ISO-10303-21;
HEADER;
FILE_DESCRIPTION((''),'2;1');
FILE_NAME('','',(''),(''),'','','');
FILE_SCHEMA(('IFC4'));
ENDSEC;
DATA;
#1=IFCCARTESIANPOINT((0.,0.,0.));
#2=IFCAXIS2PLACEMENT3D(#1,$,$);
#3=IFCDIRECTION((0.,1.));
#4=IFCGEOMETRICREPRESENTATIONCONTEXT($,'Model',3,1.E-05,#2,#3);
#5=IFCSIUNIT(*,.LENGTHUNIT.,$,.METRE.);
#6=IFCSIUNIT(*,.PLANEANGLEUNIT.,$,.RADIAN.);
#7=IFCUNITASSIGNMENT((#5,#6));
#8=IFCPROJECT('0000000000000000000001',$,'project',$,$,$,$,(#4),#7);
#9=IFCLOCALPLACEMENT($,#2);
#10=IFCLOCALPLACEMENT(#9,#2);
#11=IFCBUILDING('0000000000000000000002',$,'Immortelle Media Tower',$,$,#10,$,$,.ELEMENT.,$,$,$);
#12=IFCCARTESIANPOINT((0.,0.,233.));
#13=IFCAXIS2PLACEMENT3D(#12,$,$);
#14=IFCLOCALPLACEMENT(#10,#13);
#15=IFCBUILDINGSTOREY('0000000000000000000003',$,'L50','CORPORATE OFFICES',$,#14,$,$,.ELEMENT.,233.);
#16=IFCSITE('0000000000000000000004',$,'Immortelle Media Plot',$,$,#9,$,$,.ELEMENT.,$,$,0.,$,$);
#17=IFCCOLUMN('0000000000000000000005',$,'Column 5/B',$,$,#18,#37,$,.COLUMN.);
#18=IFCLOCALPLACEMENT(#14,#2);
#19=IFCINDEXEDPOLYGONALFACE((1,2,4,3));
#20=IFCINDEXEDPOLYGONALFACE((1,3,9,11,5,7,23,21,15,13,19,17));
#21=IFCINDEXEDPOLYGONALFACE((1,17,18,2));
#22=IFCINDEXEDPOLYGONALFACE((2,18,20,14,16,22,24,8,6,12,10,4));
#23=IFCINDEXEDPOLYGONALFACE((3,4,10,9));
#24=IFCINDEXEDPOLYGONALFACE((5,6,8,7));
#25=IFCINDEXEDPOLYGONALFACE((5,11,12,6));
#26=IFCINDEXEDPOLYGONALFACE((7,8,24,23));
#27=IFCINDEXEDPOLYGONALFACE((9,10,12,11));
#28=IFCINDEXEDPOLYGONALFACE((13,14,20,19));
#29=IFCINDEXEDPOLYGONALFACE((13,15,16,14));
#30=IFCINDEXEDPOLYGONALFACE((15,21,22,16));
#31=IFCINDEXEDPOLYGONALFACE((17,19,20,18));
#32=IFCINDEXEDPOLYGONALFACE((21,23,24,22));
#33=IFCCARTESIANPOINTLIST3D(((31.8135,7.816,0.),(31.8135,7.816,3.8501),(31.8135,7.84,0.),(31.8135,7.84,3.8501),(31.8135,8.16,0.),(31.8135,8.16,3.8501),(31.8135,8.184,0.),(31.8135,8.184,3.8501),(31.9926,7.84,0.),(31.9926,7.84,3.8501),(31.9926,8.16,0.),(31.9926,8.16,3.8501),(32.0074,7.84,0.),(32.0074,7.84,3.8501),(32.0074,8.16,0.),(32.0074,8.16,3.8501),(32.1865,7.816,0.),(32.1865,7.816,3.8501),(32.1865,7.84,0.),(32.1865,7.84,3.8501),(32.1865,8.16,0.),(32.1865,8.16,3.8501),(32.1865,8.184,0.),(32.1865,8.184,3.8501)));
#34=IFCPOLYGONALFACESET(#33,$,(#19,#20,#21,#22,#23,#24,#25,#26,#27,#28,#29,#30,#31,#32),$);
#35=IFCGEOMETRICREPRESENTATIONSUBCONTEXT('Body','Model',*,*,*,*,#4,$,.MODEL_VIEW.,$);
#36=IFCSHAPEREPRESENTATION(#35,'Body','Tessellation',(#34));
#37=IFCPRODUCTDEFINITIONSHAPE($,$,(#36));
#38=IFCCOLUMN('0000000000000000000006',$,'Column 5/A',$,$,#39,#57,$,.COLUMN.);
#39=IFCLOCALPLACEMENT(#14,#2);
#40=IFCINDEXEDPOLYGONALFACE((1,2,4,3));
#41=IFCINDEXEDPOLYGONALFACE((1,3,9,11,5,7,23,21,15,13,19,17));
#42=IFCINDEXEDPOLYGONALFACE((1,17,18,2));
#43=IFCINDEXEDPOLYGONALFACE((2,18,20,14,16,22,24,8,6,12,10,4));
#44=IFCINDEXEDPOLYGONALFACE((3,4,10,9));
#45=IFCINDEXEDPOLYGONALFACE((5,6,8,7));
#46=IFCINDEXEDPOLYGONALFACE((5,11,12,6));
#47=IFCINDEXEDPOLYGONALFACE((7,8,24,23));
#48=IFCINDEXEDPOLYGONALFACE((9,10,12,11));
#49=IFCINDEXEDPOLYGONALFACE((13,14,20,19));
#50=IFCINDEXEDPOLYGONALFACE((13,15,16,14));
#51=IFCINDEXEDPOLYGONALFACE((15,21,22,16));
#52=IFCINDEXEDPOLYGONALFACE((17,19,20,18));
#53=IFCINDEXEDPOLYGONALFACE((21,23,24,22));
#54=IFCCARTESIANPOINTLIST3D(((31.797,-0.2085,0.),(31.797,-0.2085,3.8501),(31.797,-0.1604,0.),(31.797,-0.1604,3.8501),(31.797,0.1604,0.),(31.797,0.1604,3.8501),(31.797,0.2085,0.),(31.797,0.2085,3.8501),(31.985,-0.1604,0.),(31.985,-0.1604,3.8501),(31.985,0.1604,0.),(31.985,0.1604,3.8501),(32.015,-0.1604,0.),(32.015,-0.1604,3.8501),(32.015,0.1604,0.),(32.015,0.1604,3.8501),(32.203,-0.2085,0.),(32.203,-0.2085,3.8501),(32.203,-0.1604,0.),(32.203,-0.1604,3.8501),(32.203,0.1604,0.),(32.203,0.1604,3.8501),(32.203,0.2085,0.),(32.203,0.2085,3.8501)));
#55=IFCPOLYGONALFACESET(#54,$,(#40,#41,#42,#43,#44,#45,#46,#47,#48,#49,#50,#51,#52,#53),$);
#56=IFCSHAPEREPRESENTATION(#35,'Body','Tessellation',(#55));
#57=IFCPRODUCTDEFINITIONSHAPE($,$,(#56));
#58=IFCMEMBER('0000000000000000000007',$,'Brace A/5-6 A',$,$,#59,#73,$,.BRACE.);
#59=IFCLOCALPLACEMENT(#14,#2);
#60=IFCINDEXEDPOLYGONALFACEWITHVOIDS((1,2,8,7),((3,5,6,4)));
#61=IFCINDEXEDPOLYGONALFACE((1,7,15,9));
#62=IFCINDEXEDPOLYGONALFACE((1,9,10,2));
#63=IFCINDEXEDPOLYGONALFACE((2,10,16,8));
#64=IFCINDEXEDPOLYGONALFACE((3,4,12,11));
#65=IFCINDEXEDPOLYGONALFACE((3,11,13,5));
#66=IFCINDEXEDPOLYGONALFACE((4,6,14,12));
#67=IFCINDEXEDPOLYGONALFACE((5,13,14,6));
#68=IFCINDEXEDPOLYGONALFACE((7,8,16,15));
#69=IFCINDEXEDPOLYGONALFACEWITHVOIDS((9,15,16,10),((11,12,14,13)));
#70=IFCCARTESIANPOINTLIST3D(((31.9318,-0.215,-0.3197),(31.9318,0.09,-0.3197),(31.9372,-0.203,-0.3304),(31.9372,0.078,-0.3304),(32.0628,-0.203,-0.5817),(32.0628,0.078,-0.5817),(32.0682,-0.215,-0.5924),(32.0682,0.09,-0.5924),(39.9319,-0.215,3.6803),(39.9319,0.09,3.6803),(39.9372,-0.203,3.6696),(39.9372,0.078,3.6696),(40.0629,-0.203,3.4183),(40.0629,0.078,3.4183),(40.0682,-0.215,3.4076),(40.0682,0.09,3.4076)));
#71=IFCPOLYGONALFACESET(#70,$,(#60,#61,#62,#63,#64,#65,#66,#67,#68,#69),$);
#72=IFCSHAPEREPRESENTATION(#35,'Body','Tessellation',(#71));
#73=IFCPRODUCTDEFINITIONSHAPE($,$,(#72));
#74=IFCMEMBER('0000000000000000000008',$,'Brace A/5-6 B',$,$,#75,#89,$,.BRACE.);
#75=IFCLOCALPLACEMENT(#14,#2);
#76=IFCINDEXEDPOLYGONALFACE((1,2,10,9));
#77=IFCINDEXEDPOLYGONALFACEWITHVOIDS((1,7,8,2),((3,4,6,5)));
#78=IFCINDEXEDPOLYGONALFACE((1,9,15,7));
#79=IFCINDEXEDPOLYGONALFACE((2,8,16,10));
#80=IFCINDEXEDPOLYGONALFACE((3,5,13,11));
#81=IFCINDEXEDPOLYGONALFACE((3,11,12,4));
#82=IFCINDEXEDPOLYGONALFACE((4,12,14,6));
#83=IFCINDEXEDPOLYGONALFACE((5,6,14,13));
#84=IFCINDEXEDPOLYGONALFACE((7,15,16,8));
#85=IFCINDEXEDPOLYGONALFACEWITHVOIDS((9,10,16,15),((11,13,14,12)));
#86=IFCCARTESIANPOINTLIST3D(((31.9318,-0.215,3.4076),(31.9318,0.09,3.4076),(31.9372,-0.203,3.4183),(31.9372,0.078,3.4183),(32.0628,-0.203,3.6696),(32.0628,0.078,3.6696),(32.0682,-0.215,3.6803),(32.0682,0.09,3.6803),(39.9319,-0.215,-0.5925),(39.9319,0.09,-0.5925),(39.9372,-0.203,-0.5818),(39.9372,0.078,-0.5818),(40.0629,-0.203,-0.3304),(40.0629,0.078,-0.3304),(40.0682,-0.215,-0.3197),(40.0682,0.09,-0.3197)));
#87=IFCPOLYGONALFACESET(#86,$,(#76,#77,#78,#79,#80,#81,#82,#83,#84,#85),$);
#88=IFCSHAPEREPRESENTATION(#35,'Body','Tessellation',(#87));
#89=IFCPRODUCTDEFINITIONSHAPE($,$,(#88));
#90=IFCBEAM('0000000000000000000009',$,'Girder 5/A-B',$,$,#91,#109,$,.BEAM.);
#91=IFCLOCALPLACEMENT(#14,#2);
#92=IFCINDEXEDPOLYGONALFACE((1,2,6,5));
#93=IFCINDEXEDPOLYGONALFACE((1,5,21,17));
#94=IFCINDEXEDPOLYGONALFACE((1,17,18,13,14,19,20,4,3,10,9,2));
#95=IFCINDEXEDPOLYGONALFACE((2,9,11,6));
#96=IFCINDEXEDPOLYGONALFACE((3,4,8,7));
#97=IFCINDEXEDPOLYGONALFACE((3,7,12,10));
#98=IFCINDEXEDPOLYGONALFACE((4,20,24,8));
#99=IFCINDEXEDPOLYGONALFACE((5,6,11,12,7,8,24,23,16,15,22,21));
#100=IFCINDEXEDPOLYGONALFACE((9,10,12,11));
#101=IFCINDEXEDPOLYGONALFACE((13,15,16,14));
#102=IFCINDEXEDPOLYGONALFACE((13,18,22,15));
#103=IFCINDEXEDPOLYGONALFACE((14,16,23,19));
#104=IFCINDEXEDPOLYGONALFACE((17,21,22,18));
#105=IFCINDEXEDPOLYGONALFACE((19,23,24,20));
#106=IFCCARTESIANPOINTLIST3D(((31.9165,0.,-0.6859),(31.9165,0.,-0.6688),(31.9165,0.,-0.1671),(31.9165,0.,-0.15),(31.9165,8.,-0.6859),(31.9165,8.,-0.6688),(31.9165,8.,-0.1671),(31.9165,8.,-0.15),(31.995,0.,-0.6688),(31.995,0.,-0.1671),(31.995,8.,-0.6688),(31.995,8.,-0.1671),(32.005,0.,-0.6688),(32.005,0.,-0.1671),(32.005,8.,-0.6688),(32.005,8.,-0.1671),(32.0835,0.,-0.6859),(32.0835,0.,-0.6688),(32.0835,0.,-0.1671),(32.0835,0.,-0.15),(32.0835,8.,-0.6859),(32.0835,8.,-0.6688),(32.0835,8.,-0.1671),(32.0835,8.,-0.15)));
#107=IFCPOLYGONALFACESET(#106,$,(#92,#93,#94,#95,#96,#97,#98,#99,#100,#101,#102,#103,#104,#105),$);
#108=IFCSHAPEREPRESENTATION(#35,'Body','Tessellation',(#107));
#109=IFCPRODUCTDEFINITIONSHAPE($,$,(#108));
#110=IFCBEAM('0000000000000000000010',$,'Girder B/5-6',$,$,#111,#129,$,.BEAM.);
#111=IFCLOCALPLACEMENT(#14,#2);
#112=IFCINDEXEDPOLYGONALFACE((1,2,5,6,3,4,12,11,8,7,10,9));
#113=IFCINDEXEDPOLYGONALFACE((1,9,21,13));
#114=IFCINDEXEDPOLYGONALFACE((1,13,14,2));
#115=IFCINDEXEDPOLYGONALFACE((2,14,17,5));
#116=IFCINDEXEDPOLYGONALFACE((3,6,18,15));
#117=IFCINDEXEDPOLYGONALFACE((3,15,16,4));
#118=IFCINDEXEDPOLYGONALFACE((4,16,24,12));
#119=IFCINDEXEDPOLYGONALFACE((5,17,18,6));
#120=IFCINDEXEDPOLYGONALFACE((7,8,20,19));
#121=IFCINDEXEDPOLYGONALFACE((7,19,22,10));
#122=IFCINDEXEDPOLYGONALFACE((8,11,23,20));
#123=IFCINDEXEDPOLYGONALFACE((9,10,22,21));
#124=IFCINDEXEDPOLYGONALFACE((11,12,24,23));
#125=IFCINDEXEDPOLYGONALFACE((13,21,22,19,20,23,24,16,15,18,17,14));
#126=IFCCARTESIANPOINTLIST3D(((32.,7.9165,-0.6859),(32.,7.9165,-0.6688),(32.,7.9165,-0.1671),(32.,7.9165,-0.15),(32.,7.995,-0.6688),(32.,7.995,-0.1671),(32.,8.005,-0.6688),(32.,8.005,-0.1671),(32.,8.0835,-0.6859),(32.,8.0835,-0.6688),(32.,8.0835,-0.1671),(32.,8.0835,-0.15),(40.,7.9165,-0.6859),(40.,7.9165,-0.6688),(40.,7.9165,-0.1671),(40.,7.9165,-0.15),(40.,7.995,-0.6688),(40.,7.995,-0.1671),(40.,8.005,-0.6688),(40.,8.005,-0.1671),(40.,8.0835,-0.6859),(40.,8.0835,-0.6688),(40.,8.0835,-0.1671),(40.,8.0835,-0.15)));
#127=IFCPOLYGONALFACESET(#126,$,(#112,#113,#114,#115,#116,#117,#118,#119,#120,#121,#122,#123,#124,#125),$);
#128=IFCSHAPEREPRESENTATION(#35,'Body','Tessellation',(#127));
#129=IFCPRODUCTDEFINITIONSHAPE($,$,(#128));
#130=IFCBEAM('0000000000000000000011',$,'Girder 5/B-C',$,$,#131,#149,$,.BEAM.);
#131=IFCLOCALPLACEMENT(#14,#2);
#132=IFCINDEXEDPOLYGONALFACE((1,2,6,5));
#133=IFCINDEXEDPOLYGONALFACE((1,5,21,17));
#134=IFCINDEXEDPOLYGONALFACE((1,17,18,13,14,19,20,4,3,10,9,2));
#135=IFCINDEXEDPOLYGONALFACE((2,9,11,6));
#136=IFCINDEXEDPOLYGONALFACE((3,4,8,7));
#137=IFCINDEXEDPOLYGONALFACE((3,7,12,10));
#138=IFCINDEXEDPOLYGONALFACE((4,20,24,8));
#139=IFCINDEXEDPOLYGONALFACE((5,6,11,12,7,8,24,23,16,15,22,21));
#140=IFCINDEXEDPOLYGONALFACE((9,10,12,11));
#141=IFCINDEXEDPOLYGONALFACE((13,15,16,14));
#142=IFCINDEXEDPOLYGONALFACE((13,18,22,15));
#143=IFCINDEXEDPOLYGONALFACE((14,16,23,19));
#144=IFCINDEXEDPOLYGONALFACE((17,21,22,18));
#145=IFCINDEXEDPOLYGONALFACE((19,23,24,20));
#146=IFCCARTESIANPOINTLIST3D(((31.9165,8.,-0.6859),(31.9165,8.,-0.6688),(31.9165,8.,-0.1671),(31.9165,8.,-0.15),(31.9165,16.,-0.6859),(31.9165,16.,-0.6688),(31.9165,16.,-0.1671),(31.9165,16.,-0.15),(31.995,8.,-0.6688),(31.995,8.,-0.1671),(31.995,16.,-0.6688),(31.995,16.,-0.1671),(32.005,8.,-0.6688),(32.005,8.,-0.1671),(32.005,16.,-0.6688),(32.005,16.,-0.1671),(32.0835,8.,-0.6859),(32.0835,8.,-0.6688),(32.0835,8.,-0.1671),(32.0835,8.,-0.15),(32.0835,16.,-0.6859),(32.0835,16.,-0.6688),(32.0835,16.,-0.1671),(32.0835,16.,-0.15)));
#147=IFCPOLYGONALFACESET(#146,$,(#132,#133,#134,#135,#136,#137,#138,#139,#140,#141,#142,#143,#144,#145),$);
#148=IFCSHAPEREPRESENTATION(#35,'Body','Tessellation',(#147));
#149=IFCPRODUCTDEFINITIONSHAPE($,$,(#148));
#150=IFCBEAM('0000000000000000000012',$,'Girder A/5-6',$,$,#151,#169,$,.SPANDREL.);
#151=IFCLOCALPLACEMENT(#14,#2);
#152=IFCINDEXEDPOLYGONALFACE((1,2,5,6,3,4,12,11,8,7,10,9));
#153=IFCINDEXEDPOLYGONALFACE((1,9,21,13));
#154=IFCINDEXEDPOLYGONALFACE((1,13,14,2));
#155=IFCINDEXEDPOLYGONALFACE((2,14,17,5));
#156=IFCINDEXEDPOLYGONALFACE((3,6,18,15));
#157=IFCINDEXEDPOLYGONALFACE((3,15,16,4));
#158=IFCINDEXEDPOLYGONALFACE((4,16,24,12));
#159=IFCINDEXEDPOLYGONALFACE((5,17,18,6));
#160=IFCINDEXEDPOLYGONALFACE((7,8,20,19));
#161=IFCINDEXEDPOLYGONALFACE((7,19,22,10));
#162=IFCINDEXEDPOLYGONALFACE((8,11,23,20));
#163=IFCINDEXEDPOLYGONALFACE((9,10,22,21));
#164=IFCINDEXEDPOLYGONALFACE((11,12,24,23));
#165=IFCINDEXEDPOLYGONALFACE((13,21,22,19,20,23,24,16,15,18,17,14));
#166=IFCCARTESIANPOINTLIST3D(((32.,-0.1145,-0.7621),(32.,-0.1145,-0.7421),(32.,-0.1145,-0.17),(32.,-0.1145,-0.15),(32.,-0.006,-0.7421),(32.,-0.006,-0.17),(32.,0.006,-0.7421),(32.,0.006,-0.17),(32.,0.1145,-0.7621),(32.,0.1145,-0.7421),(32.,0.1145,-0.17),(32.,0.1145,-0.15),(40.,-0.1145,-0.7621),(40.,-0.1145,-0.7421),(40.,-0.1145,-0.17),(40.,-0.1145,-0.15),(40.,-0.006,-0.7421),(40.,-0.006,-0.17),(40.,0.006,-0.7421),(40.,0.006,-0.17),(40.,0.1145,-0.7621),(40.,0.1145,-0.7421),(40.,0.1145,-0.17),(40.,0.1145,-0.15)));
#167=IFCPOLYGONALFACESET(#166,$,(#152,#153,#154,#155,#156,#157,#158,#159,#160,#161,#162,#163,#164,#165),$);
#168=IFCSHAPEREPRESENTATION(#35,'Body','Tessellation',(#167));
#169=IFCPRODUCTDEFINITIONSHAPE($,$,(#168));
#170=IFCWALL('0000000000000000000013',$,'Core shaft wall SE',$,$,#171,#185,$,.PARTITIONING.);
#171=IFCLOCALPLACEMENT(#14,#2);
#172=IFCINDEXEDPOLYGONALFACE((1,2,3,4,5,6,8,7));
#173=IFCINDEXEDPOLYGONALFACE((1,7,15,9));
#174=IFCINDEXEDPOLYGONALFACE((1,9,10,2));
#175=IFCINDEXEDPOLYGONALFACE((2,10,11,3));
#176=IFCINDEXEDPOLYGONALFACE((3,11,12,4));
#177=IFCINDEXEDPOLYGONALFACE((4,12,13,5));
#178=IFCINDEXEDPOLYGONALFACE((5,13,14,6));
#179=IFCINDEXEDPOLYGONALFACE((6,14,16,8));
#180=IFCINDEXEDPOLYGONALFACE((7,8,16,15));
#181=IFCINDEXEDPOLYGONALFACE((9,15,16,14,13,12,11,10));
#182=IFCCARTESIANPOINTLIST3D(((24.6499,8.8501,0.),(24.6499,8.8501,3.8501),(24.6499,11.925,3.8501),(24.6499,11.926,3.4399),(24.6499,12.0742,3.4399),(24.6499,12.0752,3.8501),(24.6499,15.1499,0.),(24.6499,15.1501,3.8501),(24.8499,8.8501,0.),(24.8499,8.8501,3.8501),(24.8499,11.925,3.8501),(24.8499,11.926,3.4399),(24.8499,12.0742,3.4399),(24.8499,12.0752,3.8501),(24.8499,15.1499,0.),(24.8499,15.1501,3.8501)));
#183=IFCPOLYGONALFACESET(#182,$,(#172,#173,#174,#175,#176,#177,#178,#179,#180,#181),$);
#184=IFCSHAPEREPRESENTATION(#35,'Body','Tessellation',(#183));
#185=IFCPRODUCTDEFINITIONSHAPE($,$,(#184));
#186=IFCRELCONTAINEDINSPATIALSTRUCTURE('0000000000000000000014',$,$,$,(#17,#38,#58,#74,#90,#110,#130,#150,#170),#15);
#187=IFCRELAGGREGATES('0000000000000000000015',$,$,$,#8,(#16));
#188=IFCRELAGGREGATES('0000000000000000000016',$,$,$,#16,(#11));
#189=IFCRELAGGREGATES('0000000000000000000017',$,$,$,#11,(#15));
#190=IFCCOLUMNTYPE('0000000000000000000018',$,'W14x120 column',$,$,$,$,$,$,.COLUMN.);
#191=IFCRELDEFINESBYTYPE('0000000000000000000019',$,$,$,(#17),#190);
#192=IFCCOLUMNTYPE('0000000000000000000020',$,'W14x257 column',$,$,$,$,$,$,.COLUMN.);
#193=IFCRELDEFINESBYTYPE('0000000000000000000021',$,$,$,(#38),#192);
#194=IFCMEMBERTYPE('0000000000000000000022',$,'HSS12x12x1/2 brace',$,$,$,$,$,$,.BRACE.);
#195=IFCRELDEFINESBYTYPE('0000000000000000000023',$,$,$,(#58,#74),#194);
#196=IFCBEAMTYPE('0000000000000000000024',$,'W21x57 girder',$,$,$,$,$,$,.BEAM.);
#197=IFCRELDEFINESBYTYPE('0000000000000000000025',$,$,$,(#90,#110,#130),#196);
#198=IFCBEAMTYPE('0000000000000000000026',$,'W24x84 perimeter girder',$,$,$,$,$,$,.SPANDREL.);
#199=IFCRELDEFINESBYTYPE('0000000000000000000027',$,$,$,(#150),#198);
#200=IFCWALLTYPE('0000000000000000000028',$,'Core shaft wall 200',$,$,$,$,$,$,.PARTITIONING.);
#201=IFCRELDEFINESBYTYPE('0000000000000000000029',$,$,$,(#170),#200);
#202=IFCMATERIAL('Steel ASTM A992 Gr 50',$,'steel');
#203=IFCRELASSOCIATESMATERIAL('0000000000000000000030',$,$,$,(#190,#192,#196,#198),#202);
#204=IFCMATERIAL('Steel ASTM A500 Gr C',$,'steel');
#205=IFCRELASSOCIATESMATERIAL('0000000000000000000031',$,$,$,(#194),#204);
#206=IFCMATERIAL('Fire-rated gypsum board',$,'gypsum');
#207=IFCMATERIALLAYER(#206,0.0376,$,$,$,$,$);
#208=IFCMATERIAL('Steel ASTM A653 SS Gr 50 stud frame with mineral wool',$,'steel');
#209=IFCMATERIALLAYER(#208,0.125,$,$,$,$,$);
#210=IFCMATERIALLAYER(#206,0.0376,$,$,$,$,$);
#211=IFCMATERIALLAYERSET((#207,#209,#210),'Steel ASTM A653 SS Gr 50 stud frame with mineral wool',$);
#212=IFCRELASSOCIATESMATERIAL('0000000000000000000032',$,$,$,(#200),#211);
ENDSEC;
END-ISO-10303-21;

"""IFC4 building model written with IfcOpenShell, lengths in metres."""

from ifc_helpers import new_model, si_unit, direction, frame, origin, origin_2d, place, context, subcontext, project, spatial, polyline, hollow_rectangle, i_section, outline, extrude, material, layer, layer_set, material_profile, profile_set, type_object, element, save


model = new_model("IFC4")

# Units and contexts
model_context = context("Model", 3, precision=1e-05, world=origin(), true_north=direction((0.0, 1.0)))
body_context = subcontext(model_context, "Body", "Model", "MODEL_VIEW")
ifc_project = project(units=[si_unit("LENGTHUNIT", "METRE"), si_unit("PLANEANGLEUNIT", "RADIAN")], contexts=[model_context])

# Site, building, storey
site_placement = place(None, origin())
site = spatial("IfcSite", under=ifc_project, at=site_placement, Name="Immortelle Media Plot", CompositionType="ELEMENT", RefElevation=0.0)
building_placement = place(site_placement, origin())
building = spatial("IfcBuilding", under=site, at=building_placement, Name="Immortelle Media Tower", CompositionType="ELEMENT")
storey_placement = place(building_placement, frame((0.0, 0.0, 233.0)))
storey = spatial("IfcBuildingStorey", under=building, at=storey_placement, Name="L50", Description="CORPORATE OFFICES", CompositionType="ELEMENT", Elevation=233.0)

# Columns
ifc_material_1 = material(Name="Steel ASTM A992 Gr 50", Category="steel")
ifc_material_profile_1 = material_profile(ifc_material_1, i_section(OverallWidth=0.373, OverallDepth=0.3679, WebThickness=0.0149, FlangeThickness=0.0239, at=origin_2d()), Name="W14x120")
ifc_profile_set_1 = profile_set([ifc_material_profile_1], Name="Steel ASTM A992 Gr 50")
column_type_1 = type_object("IfcColumnType", Name="W14x120 column", PredefinedType="COLUMN", material=ifc_profile_set_1)
column_1_placement = place(storey_placement, frame((32.0, 8.0, 0.0), z_axis=(0.0, 0.0, 1.0), x_axis=(1.0, 0.0, 0.0)))
element("IfcColumn", 1, at=column_1_placement, inside=storey, type_object=column_type_1, Name="Column 5/B", PredefinedType="COLUMN", context=body_context, shape_type="SweptSolid", body=[
    extrude(i_section(OverallWidth=0.373, OverallDepth=0.3679, WebThickness=0.0149, FlangeThickness=0.0239, at=origin_2d()), origin(), (0.0, 0.0, 1.0), 3.8501),
])
ifc_material_profile_2 = material_profile(ifc_material_1, i_section(OverallWidth=0.406, OverallDepth=0.417, WebThickness=0.03, FlangeThickness=0.0481, at=origin_2d()), Name="W14x257")
ifc_profile_set_2 = profile_set([ifc_material_profile_2], Name="Steel ASTM A992 Gr 50")
column_type_2 = type_object("IfcColumnType", Name="W14x257 column", PredefinedType="COLUMN", material=ifc_profile_set_2)
column_2_placement = place(storey_placement, frame((32.0, 0.0, 0.0), z_axis=(0.0, 0.0, 1.0), x_axis=(1.0, 0.0, 0.0)))
element("IfcColumn", 2, at=column_2_placement, inside=storey, type_object=column_type_2, Name="Column 5/A", PredefinedType="COLUMN", context=body_context, shape_type="SweptSolid", body=[
    extrude(i_section(OverallWidth=0.406, OverallDepth=0.417, WebThickness=0.03, FlangeThickness=0.0481, at=origin_2d()), origin(), (0.0, 0.0, 1.0), 3.8501),
])

# Members
ifc_material_2 = material(Name="Steel ASTM A500 Gr C", Category="steel")
ifc_material_profile_3 = material_profile(ifc_material_2, hollow_rectangle(XDim=0.3049, YDim=0.3049, WallThickness=0.012, at=origin_2d()), Name="HSS12x12x1/2 brace")
ifc_profile_set_3 = profile_set([ifc_material_profile_3], Name="Steel ASTM A500 Gr C")
member_type = type_object("IfcMemberType", Name="HSS12x12x1/2 brace", PredefinedType="BRACE", material=ifc_profile_set_3)
for number, where, z_axis, x_axis, name in (
    (3, (32.0, -0.0625, -0.4561), (0.894427, 0.0, 0.447214), (0.0, 1.0, 0.0), "Brace A/5-6 A"),
    (4, (32.0, -0.0625, 3.5439), (0.894427, 0.0, -0.447214), (0.0, 1.0, 0.0), "Brace A/5-6 B"),
):
    element("IfcMember", number, at=place(storey_placement, frame(where, z_axis=z_axis, x_axis=x_axis)), inside=storey, type_object=member_type, Name=name, PredefinedType="BRACE", context=body_context, shape_type="SweptSolid", body=[
        extrude(hollow_rectangle(XDim=0.3049, YDim=0.3049, WallThickness=0.012, at=origin_2d()), origin(), (0.0, 0.0, 1.0), 8.9443),
    ])

# Beams
ifc_material_profile_4 = material_profile(ifc_material_1, i_section(OverallWidth=0.167, OverallDepth=0.5359, WebThickness=0.01, FlangeThickness=0.0171, at=origin_2d()), Name="W21x57")
ifc_profile_set_4 = profile_set([ifc_material_profile_4], Name="Steel ASTM A992 Gr 50")
beam_type_1 = type_object("IfcBeamType", Name="W21x57 girder", PredefinedType="BEAM", material=ifc_profile_set_4)
for number, where, z_axis, x_axis, name in (
    (5, (32.0, 0.0, -0.418), (0.0, 1.0, 0.0), (-1.0, 0.0, 0.0), "Girder 5/A-B"),
    (6, (32.0, 8.0, -0.418), (1.0, 0.0, 0.0), (0.0, 1.0, 0.0), "Girder B/5-6"),
    (7, (32.0, 8.0, -0.418), (0.0, 1.0, 0.0), (-1.0, 0.0, 0.0), "Girder 5/B-C"),
):
    element("IfcBeam", number, at=place(storey_placement, frame(where, z_axis=z_axis, x_axis=x_axis)), inside=storey, type_object=beam_type_1, Name=name, PredefinedType="BEAM", context=body_context, shape_type="SweptSolid", body=[
        extrude(i_section(OverallWidth=0.167, OverallDepth=0.5359, WebThickness=0.01, FlangeThickness=0.0171, at=origin_2d()), origin(), (0.0, 0.0, 1.0), 8.0),
    ])
ifc_material_profile_5 = material_profile(ifc_material_1, i_section(OverallWidth=0.229, OverallDepth=0.6121, WebThickness=0.012, FlangeThickness=0.02, at=origin_2d()), Name="W24x84")
ifc_profile_set_5 = profile_set([ifc_material_profile_5], Name="Steel ASTM A992 Gr 50")
beam_type_2 = type_object("IfcBeamType", Name="W24x84 perimeter girder", PredefinedType="SPANDREL", material=ifc_profile_set_5)
beam_placement = place(storey_placement, frame((32.0, 0.0, -0.4561), z_axis=(1.0, 0.0, 0.0), x_axis=(0.0, 1.0, 0.0)))
element("IfcBeam", 8, at=beam_placement, inside=storey, type_object=beam_type_2, Name="Girder A/5-6", PredefinedType="SPANDREL", context=body_context, shape_type="SweptSolid", body=[
    extrude(i_section(OverallWidth=0.229, OverallDepth=0.6121, WebThickness=0.012, FlangeThickness=0.02, at=origin_2d()), origin(), (0.0, 0.0, 1.0), 8.0),
])

# Wall
ifc_material_3 = material(Name="Fire-rated gypsum board", Category="gypsum")
ifc_layer_1 = layer(ifc_material_3, 0.0376)
ifc_material_4 = material(Name="Steel ASTM A653 SS Gr 50 stud frame with mineral wool", Category="steel")
ifc_layer_2 = layer(ifc_material_4, 0.125)
ifc_layer_3 = layer(ifc_material_3, 0.0376)
ifc_layer_set_1 = layer_set([ifc_layer_1, ifc_layer_2, ifc_layer_3], Name="Steel ASTM A653 SS Gr 50 stud frame with mineral wool")
wall_type_1 = type_object("IfcWallType", Name="Core shaft wall 200", PredefinedType="PARTITIONING", material=ifc_layer_set_1)
wall_1_placement = place(storey_placement, frame((24.75, 8.8501, 0.0), z_axis=(0.0, 0.0, 1.0), x_axis=(0.0, 1.0, 0.0)))
element("IfcWall", 9, at=wall_1_placement, inside=storey, type_object=wall_type_1, Name="Core shaft wall SE", PredefinedType="PARTITIONING", context=body_context, shape_type="SweptSolid", body=[
    extrude(outline(polyline([(0.0, 0.0), (6.2998, 0.0), (6.3, 3.8501), (3.2251, 3.8501), (3.2241, 3.4399), (3.0759, 3.4399), (3.075, 3.8501), (0.0, 3.8501), (0.0, 0.0)])), frame((0.0, 0.1001, 0.0), z_axis=(0.0, -1.0, 0.0), x_axis=(1.0, 0.0, 0.0)), (0.0, 0.0, 1.0), 0.2),
])

save(model, "model.ifc")
